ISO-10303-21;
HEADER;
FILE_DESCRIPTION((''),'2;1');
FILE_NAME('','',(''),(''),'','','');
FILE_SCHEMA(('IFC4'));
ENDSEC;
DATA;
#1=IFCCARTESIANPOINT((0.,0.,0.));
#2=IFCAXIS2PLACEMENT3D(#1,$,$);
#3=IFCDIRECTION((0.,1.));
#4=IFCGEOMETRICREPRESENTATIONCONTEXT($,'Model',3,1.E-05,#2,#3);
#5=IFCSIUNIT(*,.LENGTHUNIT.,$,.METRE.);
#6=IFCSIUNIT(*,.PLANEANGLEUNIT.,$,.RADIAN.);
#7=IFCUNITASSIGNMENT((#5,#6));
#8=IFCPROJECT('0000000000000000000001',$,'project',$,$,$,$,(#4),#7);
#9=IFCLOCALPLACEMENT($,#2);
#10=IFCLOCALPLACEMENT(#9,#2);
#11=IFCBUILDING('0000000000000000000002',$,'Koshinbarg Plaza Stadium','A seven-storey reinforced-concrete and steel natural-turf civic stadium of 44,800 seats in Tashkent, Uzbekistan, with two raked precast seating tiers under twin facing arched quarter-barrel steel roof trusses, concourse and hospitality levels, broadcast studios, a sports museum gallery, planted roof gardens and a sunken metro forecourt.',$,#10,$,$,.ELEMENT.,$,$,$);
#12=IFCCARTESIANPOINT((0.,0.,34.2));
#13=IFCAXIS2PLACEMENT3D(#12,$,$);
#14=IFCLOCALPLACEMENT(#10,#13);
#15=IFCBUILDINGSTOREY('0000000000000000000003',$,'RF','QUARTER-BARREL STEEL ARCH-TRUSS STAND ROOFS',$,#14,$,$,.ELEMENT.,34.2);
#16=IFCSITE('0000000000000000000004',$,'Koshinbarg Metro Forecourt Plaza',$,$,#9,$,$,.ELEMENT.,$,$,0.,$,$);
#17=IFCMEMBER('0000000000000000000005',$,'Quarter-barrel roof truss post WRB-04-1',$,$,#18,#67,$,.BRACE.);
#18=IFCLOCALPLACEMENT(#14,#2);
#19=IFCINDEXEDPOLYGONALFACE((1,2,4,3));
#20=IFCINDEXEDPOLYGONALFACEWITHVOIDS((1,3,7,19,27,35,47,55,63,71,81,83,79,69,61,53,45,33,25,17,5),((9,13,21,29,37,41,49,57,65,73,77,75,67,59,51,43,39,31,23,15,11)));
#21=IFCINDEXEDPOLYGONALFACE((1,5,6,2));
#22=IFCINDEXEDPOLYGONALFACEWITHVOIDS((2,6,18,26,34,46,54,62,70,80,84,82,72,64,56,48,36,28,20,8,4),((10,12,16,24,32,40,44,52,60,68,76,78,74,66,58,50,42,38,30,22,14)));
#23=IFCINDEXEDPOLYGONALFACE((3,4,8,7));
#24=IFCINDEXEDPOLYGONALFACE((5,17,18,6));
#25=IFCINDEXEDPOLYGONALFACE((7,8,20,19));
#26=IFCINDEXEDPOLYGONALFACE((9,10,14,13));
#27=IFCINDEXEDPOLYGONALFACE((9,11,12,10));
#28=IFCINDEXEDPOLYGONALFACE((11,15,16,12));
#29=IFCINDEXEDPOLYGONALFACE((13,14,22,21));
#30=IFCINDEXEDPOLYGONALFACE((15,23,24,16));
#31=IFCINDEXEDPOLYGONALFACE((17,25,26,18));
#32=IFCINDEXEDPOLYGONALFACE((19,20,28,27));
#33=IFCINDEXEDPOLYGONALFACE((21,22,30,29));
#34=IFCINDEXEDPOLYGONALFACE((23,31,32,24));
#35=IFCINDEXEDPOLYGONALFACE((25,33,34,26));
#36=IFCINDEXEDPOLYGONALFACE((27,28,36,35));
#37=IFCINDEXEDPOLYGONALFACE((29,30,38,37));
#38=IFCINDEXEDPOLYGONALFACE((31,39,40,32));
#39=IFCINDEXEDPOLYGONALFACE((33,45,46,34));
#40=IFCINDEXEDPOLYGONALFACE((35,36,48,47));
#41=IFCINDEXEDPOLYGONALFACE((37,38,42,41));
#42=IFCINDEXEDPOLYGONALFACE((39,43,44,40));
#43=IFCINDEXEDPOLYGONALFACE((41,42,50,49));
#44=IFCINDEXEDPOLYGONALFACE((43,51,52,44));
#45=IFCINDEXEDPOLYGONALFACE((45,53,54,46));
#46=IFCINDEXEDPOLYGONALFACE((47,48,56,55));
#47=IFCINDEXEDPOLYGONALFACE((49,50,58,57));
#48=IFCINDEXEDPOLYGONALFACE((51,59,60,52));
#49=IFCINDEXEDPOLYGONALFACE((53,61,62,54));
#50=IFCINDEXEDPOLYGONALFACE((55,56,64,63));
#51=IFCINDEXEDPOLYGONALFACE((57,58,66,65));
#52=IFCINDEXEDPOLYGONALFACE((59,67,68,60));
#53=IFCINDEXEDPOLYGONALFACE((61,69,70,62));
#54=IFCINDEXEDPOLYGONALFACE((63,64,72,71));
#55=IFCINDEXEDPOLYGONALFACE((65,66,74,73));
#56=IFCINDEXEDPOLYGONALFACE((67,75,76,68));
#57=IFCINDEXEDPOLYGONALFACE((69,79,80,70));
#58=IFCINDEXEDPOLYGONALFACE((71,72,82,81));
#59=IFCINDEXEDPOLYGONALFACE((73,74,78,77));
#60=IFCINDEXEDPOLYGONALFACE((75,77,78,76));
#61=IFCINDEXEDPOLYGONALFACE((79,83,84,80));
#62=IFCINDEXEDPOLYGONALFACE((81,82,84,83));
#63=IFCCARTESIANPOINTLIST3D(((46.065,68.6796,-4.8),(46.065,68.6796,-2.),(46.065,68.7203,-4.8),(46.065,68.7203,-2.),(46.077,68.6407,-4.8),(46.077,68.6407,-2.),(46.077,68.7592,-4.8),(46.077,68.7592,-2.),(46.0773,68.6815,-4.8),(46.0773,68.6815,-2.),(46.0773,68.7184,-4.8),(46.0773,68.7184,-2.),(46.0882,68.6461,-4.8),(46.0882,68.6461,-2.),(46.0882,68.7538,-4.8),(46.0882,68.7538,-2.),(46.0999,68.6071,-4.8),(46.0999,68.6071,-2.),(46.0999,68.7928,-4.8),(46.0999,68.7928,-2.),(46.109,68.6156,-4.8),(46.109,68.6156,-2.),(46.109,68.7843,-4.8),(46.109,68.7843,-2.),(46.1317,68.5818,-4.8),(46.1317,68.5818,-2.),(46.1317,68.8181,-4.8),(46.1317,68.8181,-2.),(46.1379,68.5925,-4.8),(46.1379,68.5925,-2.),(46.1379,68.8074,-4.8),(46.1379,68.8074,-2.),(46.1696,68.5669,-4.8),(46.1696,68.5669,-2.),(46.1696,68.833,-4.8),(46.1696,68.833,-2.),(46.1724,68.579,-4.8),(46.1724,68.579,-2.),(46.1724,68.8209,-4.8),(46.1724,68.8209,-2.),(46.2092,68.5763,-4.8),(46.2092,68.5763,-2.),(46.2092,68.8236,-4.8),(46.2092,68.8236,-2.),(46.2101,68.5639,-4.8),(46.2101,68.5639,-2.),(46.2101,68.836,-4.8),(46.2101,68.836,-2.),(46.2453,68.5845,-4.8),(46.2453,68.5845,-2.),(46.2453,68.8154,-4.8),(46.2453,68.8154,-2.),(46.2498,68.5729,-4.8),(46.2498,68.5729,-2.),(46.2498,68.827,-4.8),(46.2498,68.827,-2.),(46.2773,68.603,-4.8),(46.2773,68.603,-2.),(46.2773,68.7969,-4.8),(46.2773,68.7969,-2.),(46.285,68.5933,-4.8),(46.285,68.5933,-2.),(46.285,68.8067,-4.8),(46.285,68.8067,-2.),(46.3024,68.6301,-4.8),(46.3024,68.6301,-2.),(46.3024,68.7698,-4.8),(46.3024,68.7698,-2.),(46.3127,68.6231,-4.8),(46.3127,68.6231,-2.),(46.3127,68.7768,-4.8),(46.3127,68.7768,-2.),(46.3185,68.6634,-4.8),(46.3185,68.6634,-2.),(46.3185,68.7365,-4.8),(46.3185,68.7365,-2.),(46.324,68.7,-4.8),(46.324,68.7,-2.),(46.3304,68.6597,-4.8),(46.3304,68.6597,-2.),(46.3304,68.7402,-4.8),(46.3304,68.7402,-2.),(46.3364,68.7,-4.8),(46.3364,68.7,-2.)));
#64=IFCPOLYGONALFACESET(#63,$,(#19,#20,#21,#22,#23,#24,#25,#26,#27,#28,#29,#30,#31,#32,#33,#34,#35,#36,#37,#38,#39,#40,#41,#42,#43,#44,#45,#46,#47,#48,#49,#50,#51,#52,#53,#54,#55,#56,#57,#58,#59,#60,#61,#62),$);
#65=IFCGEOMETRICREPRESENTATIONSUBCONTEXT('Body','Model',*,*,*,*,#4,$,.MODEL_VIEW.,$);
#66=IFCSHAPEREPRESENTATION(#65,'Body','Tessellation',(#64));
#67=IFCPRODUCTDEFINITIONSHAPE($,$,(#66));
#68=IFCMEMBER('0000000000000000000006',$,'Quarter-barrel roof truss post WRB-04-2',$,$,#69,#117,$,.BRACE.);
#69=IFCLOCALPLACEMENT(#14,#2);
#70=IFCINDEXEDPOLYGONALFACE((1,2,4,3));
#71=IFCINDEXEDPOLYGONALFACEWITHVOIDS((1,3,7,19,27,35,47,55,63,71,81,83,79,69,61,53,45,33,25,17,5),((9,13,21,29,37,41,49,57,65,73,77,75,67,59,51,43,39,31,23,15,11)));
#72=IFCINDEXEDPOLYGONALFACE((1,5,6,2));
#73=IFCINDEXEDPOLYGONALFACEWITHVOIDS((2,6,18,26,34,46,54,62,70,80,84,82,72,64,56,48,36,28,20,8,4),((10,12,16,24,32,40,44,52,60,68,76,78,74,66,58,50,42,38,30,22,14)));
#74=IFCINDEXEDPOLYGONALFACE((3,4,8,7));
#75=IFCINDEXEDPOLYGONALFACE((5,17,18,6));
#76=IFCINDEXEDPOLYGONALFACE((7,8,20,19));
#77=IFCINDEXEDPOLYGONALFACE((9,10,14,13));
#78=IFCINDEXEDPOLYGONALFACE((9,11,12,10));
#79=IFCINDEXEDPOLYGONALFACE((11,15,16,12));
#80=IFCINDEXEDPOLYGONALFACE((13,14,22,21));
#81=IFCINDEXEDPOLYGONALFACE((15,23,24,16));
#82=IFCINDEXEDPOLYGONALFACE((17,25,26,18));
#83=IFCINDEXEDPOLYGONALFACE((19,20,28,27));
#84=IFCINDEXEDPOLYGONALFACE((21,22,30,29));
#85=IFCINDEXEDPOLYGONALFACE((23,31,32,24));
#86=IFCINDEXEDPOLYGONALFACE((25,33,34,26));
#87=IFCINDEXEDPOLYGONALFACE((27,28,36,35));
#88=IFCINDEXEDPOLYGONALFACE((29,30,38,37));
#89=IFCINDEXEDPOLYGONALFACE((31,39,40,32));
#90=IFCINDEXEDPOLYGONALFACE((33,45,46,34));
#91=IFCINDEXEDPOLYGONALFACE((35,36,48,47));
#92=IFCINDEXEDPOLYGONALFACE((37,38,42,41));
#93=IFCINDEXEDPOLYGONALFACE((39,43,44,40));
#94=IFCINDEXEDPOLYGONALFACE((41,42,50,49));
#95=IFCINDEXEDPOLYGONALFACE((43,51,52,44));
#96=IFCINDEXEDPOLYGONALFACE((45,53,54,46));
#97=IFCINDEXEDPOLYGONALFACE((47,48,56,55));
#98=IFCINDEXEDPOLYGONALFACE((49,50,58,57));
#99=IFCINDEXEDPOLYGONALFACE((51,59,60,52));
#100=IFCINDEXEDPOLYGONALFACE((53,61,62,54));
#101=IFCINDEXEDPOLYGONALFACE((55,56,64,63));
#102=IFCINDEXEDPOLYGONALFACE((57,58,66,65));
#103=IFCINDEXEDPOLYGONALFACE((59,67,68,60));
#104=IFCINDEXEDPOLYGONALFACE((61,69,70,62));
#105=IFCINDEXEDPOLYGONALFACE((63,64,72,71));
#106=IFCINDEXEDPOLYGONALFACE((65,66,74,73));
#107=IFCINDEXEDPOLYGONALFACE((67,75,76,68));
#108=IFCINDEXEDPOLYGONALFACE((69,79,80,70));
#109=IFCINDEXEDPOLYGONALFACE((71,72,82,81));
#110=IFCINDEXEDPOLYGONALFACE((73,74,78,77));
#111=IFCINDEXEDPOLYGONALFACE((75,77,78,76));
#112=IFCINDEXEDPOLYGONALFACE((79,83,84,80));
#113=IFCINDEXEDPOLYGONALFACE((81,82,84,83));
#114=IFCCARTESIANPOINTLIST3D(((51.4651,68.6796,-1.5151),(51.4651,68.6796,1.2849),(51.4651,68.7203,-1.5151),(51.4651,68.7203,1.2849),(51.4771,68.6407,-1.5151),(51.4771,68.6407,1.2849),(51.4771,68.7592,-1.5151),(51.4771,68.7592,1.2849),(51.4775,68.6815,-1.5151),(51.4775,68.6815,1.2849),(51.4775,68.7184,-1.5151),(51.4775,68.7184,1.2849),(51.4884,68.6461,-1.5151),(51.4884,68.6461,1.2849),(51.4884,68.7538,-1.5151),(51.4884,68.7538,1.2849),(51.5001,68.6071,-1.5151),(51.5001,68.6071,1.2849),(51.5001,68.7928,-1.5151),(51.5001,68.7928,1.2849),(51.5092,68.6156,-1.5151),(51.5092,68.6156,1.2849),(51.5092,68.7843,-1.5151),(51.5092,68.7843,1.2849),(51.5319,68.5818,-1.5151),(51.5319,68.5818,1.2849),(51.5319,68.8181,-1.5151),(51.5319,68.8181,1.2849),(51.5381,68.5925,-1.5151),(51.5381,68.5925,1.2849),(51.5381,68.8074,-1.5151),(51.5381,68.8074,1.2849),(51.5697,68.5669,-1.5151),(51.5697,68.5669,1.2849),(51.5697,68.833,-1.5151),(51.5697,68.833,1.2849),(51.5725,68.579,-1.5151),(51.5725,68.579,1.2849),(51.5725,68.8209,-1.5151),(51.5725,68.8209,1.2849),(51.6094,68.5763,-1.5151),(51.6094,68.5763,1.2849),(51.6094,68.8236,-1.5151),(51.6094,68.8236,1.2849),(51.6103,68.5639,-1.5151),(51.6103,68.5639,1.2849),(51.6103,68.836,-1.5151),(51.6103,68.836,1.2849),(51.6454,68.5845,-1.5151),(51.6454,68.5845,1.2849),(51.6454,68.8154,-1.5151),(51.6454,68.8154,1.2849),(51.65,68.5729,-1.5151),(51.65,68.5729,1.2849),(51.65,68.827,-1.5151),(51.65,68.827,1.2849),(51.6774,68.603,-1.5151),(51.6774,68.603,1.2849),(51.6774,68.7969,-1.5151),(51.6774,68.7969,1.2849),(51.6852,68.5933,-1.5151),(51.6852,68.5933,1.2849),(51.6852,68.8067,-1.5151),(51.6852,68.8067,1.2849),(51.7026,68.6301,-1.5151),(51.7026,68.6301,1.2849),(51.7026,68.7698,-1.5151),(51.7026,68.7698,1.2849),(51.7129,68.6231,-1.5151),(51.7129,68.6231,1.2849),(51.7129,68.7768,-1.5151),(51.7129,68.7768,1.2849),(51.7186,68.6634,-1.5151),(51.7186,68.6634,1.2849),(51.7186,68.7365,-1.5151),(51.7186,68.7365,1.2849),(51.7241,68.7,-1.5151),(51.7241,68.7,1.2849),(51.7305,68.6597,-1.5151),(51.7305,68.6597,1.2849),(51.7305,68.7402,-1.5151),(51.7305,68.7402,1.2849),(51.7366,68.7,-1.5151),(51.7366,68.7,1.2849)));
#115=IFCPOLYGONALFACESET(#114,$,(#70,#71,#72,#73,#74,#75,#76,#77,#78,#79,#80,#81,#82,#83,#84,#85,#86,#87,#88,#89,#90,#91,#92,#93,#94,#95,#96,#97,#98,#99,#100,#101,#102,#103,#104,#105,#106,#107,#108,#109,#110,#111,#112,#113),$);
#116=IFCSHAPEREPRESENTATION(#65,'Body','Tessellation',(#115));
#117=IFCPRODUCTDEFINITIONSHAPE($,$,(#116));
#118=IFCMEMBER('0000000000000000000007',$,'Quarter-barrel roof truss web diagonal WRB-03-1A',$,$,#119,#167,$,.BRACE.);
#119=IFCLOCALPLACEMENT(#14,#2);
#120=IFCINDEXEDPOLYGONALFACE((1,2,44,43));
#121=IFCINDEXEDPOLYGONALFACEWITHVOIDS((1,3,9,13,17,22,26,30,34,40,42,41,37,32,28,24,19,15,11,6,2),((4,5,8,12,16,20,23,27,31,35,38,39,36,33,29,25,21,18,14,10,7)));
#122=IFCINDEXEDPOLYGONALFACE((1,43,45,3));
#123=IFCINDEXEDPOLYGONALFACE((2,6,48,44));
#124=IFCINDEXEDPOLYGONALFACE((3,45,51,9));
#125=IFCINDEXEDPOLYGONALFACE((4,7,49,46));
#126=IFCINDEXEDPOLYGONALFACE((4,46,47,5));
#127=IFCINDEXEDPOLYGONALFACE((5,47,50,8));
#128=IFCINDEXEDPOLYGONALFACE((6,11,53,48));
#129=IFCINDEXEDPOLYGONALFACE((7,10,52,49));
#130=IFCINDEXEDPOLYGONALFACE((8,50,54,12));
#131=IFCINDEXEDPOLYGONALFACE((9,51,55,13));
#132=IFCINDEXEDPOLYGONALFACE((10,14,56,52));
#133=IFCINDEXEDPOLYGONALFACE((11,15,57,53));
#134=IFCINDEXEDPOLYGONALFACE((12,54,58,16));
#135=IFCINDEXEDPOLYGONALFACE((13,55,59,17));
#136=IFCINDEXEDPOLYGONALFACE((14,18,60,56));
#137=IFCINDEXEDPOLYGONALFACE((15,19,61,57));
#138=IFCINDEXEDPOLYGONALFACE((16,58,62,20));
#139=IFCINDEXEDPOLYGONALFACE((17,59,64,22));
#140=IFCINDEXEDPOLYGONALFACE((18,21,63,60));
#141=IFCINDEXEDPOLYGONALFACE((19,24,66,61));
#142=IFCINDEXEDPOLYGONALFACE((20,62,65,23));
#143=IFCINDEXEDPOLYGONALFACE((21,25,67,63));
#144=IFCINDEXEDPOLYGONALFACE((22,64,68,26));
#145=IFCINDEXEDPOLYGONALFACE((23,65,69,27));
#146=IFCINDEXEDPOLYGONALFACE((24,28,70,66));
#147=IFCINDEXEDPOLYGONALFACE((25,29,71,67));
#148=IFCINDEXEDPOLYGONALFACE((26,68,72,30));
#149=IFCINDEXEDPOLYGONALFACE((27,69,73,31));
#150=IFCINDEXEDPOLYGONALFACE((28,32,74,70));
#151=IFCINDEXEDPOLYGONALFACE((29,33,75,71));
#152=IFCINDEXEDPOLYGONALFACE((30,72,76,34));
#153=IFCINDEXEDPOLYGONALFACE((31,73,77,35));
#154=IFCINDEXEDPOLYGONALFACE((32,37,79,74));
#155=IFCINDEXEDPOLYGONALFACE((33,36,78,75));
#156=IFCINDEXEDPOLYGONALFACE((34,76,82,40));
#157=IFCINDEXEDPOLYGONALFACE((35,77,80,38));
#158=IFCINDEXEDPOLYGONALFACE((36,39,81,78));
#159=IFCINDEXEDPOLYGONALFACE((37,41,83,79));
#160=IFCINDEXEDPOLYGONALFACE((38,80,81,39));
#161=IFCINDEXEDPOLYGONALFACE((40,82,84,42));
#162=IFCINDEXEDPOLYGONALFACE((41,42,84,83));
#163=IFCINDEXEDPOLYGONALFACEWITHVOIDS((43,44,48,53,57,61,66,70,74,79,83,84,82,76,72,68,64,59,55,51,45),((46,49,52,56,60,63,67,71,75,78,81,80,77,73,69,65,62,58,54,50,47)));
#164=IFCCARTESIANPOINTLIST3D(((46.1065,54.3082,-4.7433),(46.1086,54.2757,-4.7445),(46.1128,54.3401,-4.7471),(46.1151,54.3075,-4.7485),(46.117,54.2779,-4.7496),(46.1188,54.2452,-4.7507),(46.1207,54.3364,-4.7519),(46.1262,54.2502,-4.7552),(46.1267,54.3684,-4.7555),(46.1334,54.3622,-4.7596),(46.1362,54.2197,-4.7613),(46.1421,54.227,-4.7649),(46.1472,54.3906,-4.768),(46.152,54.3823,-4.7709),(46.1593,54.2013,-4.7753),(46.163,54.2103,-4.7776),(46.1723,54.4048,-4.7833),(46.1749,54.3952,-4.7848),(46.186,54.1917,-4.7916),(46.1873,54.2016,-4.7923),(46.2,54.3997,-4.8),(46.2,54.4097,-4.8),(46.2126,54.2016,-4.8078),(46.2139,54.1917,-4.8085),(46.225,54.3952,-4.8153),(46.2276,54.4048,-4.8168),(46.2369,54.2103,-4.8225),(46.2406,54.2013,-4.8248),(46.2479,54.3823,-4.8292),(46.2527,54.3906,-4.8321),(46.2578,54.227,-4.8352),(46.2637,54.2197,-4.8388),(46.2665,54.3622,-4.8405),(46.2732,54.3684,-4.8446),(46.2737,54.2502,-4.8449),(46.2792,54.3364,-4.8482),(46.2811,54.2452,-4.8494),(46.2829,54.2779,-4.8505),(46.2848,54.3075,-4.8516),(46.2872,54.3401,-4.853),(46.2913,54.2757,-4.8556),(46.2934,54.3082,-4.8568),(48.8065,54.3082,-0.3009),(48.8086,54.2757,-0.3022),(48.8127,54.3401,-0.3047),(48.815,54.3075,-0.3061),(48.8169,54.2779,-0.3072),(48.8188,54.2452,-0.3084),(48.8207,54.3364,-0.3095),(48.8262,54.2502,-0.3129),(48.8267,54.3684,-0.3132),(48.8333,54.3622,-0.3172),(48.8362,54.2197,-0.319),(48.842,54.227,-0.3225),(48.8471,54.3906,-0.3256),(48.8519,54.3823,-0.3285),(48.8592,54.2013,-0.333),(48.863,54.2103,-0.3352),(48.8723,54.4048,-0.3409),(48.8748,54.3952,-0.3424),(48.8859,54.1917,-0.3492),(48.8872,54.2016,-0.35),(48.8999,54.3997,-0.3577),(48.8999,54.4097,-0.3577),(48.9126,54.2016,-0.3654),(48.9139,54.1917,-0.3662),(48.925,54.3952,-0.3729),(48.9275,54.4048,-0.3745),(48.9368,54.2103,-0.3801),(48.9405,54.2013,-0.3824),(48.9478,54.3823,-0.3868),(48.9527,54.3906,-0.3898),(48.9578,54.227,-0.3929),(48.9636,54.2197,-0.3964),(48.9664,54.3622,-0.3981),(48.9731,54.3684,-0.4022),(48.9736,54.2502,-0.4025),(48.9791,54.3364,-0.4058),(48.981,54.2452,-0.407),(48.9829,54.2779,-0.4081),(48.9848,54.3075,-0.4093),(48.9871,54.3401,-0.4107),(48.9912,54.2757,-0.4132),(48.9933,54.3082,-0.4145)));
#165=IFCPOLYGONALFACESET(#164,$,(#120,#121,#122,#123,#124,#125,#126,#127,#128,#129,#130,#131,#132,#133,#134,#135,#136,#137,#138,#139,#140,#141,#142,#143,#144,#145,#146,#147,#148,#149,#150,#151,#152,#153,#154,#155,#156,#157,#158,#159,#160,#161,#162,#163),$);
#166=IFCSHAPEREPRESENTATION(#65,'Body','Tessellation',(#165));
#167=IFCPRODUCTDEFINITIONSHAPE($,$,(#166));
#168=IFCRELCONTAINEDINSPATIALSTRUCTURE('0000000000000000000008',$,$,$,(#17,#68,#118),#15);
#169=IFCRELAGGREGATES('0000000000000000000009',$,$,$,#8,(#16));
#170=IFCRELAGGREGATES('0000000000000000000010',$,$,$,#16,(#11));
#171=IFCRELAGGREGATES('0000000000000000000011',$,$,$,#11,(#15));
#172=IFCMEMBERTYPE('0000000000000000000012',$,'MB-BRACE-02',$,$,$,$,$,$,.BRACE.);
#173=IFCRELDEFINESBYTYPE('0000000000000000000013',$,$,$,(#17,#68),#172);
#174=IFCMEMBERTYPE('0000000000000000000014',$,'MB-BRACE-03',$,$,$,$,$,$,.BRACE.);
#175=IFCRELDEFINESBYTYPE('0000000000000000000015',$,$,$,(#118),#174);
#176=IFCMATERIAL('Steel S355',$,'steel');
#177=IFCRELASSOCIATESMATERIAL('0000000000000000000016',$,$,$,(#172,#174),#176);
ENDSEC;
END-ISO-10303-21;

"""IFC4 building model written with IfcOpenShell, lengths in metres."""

from ifc_helpers import new_model, si_unit, direction, frame, origin, origin_2d, place, context, subcontext, project, spatial, hollow_circle, extrude, material, material_profile, profile_set, type_object, element, save


model = new_model("IFC4")

# Units and contexts
model_context = context("Model", 3, precision=1e-05, world=origin(), true_north=direction((0.0, 1.0)))
body_context = subcontext(model_context, "Body", "Model", "MODEL_VIEW")
ifc_project = project(units=[si_unit("LENGTHUNIT", "METRE"), si_unit("PLANEANGLEUNIT", "RADIAN")], contexts=[model_context])

# Site, building, storey
site_placement = place(None, origin())
site = spatial("IfcSite", under=ifc_project, at=site_placement, Name="Koshinbarg Metro Forecourt Plaza", CompositionType="ELEMENT", RefElevation=0.0)
building_placement = place(site_placement, origin())
building = spatial("IfcBuilding", under=site, at=building_placement, Name="Koshinbarg Plaza Stadium", Description="A seven-storey reinforced-concrete and steel natural-turf civic stadium of 44,800 seats in Tashkent, Uzbekistan, with two raked precast seating tiers under twin facing arched quarter-barrel steel roof trusses, concourse and hospitality levels, broadcast studios, a sports museum gallery, planted roof gardens and a sunken metro forecourt.", CompositionType="ELEMENT")
storey_placement = place(building_placement, frame((0.0, 0.0, 34.2)))
storey = spatial("IfcBuildingStorey", under=building, at=storey_placement, Name="RF", Description="QUARTER-BARREL STEEL ARCH-TRUSS STAND ROOFS", CompositionType="ELEMENT", Elevation=34.2)

# Shared definitions
ifc_material_1 = material(Name="Steel S355", Category="steel")

# Members
ifc_material_profile_1 = material_profile(ifc_material_1, hollow_circle(Radius=0.1365, WallThickness=0.0125, at=origin_2d()), Name="CHS 273x12.5")
ifc_profile_set_1 = profile_set([ifc_material_profile_1], Name="Steel S355")
member_type_1 = type_object("IfcMemberType", Name="MB-BRACE-02", PredefinedType="BRACE", material=ifc_profile_set_1)
for number, where, z_axis, x_axis, name in (
    (1, (46.2, 68.7, -4.8), (0.0, 0.0, 1.0), (1.0, 0.0, 0.0), "Quarter-barrel roof truss post WRB-04-1"),
    (2, (51.6001, 68.7, -1.5151), (0.0, 0.0, 1.0), (1.0, 0.0, 0.0), "Quarter-barrel roof truss post WRB-04-2"),
):
    element("IfcMember", number, at=place(storey_placement, frame(where, z_axis=z_axis, x_axis=x_axis)), inside=storey, type_object=member_type_1, Name=name, PredefinedType="BRACE", context=body_context, shape_type="SweptSolid", body=[
        extrude(hollow_circle(Radius=0.1365, WallThickness=0.0125, at=origin_2d()), origin(), (0.0, 0.0, 1.0), 2.8),
    ])
ifc_material_profile_2 = material_profile(ifc_material_1, hollow_circle(Radius=0.1096, WallThickness=0.01, at=origin_2d()), Name="CHS 219.1x10")
ifc_profile_set_2 = profile_set([ifc_material_profile_2], Name="Steel S355")
member_type_2 = type_object("IfcMemberType", Name="MB-BRACE-03", PredefinedType="BRACE", material=ifc_profile_set_2)
member_1_placement = place(storey_placement, frame((46.2, 54.3, -4.8), z_axis=(0.51937, 0.0, 0.854549), x_axis=(0.0, 1.0, 0.0)))
element("IfcMember", 3, at=member_1_placement, inside=storey, type_object=member_type_2, Name="Quarter-barrel roof truss web diagonal WRB-03-1A", PredefinedType="BRACE", context=body_context, shape_type="SweptSolid", body=[
    extrude(hollow_circle(Radius=0.1096, WallThickness=0.01, at=origin_2d()), origin(), (0.0, 0.0, 1.0), 5.1985),
])

save(model, "model.ifc")
